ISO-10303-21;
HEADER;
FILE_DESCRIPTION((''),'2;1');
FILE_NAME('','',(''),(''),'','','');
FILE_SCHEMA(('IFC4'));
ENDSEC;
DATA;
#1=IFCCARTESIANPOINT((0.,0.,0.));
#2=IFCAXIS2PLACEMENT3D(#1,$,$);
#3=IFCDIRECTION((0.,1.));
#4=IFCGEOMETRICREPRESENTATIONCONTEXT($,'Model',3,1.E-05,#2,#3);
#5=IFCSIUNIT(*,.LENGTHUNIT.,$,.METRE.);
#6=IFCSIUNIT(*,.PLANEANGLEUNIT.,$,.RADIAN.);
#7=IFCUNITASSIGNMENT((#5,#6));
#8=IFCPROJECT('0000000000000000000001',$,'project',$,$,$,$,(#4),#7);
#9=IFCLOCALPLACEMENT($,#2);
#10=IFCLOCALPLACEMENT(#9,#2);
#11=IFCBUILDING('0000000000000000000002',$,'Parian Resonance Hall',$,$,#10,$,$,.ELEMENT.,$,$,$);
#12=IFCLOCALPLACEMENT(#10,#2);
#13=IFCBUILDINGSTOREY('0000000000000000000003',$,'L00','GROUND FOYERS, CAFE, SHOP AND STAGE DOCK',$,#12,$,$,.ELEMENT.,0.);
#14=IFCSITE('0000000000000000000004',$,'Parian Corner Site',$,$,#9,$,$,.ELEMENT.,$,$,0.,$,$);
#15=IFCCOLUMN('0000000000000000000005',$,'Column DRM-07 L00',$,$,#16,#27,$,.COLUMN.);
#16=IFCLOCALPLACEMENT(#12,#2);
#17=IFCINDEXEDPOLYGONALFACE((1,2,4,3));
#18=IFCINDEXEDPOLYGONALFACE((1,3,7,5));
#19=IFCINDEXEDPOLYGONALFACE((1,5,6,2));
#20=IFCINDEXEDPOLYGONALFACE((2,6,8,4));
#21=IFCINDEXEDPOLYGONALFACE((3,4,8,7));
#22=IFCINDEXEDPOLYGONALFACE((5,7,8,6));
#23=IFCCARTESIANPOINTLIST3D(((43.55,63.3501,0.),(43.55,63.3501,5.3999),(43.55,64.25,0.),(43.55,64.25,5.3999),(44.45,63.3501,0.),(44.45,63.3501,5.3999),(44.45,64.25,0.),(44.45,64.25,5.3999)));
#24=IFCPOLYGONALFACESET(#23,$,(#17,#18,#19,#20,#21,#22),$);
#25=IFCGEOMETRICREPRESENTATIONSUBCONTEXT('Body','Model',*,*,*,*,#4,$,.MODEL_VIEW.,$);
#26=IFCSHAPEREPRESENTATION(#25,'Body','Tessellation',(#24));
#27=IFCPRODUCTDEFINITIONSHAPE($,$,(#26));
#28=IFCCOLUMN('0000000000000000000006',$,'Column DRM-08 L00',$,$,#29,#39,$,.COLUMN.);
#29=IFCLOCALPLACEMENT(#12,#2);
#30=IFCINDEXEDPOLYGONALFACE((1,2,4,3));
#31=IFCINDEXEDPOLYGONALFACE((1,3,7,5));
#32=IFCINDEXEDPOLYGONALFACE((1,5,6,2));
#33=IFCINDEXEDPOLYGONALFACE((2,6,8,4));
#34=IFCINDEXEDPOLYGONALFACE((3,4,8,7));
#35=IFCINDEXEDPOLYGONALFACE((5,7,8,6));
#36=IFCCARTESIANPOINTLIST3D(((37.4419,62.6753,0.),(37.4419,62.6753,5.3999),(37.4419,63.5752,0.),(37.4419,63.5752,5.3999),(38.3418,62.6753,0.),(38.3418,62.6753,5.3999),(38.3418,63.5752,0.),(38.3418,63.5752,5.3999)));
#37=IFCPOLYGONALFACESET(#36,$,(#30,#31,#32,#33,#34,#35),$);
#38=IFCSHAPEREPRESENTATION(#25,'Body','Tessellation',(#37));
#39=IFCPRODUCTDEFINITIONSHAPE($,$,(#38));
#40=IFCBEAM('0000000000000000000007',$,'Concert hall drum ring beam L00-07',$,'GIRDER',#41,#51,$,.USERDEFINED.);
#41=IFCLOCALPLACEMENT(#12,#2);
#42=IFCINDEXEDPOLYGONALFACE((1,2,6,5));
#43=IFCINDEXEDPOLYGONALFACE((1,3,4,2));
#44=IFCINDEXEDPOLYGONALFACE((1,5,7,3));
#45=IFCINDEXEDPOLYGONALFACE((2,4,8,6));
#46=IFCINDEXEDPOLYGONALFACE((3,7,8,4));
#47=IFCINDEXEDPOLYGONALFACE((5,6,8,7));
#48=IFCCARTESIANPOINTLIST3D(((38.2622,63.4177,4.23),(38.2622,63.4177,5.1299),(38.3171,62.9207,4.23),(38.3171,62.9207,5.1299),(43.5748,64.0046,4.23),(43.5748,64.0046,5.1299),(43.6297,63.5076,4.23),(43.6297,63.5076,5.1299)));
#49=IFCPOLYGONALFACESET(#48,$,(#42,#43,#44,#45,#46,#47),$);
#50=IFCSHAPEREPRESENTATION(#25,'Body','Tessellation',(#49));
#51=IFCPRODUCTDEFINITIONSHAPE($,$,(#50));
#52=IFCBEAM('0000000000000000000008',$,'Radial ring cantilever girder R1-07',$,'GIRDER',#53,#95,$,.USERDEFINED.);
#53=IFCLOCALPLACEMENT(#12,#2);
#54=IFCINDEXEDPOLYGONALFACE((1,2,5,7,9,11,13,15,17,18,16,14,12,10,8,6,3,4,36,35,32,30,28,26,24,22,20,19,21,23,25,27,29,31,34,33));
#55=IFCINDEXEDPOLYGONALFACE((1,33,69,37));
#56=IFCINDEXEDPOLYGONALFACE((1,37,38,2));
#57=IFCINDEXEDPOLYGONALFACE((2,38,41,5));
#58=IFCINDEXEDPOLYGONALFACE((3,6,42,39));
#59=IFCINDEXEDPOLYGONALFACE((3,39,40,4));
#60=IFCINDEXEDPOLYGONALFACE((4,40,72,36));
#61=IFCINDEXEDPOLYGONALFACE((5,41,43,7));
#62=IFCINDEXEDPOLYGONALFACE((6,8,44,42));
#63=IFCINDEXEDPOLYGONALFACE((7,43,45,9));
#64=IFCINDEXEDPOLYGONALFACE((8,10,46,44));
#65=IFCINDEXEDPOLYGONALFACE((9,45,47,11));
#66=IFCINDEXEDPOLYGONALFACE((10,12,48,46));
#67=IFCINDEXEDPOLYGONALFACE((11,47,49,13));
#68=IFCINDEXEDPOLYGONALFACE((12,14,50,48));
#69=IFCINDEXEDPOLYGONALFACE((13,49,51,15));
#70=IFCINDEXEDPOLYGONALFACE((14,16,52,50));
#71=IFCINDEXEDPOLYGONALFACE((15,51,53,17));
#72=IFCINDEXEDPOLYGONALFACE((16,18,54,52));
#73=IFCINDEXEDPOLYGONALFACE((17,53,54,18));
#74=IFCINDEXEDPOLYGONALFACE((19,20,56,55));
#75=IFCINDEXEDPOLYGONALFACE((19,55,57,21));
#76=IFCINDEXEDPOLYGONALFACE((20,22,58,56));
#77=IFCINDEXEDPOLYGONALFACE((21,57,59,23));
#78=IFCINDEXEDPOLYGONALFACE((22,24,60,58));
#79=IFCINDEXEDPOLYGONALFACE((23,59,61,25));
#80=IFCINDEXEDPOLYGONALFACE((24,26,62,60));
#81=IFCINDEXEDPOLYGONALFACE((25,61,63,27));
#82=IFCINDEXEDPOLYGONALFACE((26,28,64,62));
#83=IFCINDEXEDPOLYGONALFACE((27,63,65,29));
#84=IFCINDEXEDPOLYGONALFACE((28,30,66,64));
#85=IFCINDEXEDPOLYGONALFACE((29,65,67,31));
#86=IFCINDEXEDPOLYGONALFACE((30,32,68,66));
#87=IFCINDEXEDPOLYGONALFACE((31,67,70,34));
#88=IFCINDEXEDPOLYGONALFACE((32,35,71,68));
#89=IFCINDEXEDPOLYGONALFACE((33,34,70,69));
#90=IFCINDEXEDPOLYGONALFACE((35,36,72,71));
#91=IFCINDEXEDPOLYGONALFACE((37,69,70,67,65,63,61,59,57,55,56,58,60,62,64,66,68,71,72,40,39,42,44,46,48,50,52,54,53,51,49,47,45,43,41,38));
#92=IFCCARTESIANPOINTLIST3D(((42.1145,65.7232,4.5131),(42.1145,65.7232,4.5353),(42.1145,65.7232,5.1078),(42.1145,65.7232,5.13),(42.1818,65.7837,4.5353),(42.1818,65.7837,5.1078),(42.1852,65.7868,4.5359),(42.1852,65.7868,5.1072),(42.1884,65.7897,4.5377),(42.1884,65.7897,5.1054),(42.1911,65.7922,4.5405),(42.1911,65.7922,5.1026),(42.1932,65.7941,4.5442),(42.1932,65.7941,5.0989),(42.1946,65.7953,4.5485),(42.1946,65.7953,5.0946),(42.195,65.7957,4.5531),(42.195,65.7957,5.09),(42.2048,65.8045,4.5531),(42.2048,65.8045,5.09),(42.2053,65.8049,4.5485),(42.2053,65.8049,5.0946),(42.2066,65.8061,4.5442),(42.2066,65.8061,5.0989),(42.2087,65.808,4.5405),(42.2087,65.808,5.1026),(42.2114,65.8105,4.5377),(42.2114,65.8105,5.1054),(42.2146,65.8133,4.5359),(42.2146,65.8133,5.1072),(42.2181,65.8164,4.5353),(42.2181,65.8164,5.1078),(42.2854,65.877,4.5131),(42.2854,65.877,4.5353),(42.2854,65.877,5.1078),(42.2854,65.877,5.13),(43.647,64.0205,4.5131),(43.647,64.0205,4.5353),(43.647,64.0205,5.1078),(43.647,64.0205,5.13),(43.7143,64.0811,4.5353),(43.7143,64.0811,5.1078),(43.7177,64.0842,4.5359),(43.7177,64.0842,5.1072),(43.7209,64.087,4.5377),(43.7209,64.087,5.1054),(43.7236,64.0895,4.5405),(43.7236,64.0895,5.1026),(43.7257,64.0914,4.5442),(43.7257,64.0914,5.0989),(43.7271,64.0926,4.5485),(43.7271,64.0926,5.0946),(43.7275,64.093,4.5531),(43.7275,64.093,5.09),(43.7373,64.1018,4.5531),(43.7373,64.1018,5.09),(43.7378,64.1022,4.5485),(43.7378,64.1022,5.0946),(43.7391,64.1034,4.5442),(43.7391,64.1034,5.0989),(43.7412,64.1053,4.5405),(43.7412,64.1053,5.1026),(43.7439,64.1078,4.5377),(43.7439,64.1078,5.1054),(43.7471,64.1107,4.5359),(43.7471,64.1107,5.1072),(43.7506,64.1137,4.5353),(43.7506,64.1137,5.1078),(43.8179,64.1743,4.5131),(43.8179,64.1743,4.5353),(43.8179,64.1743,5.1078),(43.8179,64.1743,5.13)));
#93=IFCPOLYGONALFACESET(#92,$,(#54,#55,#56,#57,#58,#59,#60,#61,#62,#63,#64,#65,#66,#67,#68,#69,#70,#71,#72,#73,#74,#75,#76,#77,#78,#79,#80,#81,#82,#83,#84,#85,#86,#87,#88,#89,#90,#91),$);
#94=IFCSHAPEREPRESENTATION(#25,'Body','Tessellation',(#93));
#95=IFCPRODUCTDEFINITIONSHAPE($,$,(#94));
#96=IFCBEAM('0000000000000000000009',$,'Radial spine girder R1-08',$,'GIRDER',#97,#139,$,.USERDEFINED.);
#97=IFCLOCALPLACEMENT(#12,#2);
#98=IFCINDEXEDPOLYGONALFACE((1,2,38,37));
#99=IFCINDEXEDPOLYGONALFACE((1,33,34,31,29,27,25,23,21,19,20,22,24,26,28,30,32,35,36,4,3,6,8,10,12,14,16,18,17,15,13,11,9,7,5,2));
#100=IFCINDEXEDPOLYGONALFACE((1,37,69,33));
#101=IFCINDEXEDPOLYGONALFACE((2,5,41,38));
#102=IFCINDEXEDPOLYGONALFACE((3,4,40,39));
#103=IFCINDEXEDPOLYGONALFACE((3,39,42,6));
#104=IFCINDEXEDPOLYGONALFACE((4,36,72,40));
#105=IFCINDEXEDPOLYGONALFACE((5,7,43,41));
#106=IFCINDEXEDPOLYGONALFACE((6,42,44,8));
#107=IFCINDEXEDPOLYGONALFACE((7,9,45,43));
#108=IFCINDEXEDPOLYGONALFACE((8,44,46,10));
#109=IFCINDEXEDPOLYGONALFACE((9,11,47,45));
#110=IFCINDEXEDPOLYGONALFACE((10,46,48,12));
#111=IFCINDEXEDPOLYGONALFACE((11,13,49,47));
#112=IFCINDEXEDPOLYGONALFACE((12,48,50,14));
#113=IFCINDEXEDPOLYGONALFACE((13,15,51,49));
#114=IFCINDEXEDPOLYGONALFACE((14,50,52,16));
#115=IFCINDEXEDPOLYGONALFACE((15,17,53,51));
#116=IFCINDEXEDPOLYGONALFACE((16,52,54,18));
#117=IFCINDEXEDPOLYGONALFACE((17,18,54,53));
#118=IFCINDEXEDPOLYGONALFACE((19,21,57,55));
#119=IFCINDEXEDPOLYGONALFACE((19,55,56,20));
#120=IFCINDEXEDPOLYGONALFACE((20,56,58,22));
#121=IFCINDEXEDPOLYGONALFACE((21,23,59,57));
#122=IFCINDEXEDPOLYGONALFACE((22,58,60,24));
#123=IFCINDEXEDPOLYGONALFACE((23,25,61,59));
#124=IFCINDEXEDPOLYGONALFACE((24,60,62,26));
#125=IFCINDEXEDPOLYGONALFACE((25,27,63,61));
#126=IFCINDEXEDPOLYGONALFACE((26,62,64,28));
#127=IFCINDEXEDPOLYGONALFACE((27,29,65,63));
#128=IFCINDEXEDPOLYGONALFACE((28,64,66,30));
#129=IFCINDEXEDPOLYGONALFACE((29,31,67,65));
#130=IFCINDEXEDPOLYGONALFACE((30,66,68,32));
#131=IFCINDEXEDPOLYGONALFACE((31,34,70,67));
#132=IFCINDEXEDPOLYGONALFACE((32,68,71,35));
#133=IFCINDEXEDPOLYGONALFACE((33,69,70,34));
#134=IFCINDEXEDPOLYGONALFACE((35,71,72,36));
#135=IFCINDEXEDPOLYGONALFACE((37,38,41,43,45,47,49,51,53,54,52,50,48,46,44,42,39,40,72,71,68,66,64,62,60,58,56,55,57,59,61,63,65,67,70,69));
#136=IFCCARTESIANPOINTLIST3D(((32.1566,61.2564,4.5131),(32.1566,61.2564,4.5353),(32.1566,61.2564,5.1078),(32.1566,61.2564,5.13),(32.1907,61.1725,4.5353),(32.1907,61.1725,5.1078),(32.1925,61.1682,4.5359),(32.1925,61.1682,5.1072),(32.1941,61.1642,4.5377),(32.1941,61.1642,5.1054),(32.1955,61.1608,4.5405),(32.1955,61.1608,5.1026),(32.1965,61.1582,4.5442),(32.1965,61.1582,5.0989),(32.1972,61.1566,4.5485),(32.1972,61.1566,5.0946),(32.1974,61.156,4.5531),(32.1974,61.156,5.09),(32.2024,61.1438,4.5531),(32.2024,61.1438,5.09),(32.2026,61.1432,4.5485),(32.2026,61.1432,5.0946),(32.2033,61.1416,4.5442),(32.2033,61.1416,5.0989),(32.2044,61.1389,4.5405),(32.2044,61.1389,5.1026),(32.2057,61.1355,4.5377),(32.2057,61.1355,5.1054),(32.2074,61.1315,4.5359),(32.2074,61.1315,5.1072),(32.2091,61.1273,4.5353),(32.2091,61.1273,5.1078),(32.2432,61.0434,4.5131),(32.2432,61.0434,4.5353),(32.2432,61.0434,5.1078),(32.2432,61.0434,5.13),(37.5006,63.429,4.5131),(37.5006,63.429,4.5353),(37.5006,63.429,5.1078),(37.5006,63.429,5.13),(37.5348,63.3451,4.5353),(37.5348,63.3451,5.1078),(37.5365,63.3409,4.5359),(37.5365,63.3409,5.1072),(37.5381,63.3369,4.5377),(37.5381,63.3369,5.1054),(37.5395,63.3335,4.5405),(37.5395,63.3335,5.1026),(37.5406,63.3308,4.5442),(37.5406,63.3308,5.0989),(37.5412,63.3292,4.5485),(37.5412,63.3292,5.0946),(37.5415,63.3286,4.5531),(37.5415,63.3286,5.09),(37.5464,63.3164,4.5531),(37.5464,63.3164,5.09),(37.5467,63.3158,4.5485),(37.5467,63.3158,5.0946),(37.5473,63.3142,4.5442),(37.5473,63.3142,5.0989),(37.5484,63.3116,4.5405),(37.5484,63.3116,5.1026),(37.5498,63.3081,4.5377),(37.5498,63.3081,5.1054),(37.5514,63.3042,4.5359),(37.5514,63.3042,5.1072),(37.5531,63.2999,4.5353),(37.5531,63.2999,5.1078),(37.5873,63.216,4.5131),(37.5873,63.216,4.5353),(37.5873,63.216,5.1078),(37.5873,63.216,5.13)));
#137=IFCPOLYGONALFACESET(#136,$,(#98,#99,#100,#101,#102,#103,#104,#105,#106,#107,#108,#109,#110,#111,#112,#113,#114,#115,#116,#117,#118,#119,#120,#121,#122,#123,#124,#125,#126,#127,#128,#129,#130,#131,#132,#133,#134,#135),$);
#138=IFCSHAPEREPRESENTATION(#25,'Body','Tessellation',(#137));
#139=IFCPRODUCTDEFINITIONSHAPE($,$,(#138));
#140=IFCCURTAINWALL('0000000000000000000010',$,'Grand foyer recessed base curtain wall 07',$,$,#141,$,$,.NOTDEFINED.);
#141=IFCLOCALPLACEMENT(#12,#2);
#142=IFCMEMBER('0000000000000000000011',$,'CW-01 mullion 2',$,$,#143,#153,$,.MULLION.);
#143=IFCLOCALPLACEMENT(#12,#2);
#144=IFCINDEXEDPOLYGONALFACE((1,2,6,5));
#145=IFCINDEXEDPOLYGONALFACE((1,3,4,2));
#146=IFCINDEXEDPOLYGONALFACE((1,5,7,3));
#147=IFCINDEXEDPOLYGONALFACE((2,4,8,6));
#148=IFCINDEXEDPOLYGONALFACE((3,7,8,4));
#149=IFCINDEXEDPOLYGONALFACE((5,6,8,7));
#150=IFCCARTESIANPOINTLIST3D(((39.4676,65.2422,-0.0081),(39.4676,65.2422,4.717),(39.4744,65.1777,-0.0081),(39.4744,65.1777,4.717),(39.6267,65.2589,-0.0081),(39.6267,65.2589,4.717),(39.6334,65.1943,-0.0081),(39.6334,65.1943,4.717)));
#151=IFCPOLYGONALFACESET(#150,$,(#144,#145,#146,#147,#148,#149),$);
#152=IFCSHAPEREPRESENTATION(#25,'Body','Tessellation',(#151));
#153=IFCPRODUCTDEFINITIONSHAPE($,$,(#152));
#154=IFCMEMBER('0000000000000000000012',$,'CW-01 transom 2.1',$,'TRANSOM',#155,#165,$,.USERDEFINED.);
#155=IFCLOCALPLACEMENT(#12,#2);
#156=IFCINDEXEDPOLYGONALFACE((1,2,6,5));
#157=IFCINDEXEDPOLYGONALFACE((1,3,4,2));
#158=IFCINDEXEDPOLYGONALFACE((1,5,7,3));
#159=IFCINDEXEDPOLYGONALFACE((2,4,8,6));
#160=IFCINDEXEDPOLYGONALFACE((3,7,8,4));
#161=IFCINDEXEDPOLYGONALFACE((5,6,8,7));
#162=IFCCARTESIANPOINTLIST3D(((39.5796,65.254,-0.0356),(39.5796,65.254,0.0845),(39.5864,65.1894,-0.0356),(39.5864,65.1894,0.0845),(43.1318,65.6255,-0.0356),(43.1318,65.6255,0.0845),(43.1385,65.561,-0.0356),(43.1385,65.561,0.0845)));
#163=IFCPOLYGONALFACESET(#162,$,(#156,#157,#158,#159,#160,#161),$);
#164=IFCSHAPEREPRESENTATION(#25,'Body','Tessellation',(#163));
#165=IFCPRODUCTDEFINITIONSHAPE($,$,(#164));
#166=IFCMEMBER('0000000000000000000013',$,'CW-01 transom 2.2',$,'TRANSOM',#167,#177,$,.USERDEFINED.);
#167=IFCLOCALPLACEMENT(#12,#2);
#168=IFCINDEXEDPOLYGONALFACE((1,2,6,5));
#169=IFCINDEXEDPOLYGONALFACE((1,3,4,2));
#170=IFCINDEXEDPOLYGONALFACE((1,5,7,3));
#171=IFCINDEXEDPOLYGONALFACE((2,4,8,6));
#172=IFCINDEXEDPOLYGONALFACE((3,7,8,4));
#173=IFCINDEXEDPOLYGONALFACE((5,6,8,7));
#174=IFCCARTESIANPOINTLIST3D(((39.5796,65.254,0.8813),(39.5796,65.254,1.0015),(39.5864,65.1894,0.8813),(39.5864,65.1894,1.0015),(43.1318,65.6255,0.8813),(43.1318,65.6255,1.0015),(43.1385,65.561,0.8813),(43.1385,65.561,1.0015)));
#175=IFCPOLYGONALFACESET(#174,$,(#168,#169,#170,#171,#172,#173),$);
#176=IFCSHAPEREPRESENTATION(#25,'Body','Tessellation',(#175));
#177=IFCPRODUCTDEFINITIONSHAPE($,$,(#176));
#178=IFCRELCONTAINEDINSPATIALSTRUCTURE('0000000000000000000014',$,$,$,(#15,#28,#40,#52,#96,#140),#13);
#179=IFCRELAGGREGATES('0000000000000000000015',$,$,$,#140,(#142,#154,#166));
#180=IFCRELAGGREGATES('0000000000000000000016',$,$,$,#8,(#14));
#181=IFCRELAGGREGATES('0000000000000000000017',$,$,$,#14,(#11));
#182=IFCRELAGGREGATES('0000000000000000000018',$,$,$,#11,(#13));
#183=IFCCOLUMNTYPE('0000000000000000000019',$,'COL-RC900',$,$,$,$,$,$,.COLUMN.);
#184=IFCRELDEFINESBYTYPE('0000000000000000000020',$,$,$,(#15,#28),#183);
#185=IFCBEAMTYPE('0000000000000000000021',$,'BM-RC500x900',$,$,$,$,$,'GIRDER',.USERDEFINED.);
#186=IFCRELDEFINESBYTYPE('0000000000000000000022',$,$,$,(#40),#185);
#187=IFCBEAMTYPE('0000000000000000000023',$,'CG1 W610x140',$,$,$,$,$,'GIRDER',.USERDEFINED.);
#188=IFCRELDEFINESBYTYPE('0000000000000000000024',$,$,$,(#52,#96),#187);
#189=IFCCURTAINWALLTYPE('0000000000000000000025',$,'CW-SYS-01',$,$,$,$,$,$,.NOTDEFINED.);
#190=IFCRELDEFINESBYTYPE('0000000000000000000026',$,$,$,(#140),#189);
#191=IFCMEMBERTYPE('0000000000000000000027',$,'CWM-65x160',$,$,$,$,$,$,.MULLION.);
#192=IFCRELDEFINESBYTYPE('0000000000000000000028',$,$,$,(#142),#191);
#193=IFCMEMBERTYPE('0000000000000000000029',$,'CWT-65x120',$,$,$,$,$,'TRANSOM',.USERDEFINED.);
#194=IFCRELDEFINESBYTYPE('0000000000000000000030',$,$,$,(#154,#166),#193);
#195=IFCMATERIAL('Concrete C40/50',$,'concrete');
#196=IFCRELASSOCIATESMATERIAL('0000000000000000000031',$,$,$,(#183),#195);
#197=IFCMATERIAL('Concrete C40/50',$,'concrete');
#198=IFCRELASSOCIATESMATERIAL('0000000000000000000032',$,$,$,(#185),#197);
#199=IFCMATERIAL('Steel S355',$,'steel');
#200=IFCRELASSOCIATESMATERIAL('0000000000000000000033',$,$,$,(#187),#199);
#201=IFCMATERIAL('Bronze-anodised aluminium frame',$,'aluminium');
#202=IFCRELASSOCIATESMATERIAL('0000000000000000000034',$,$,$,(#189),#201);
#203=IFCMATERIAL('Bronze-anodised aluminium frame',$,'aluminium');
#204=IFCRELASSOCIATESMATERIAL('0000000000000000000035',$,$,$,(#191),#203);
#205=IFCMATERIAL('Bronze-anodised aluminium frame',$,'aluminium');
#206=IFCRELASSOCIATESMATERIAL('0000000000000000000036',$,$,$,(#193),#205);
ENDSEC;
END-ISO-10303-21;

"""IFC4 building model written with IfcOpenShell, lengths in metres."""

from ifc_helpers import new_model, si_unit, direction, frame, origin, origin_2d, place, context, subcontext, project, spatial, rectangle, i_section, extrude, material, material_profile, profile_set, type_object, element, aggregate, save


model = new_model("IFC4")

# Units and contexts
model_context = context("Model", 3, precision=1e-05, world=origin(), true_north=direction((0.0, 1.0)))
body_context = subcontext(model_context, "Body", "Model", "MODEL_VIEW")
ifc_project = project(units=[si_unit("LENGTHUNIT", "METRE"), si_unit("PLANEANGLEUNIT", "RADIAN")], contexts=[model_context])

# Site, building, storey
site_placement = place(None, origin())
site = spatial("IfcSite", under=ifc_project, at=site_placement, Name="Parian Corner Site", CompositionType="ELEMENT", RefElevation=0.0)
building_placement = place(site_placement, origin())
building = spatial("IfcBuilding", under=site, at=building_placement, Name="Parian Resonance Hall", CompositionType="ELEMENT")
storey_placement = place(building_placement, origin())
storey = spatial("IfcBuildingStorey", under=building, at=storey_placement, Name="L00", Description="GROUND FOYERS, CAFE, SHOP AND STAGE DOCK", CompositionType="ELEMENT", Elevation=0.0)

# Columns
ifc_material_1 = material(Name="Concrete C40/50", Category="concrete")
ifc_material_profile_1 = material_profile(ifc_material_1, rectangle(XDim=0.8999, YDim=0.8999, at=origin_2d()), Name="RC-COL-900x900")
ifc_profile_set_1 = profile_set([ifc_material_profile_1], Name="Concrete C40/50")
column_type = type_object("IfcColumnType", Name="COL-RC900", PredefinedType="COLUMN", material=ifc_profile_set_1)
for number, where, z_axis, x_axis, name in (
    (1, (44.0, 63.8, 0.0), (0.0, 0.0, 1.0), (1.0, 0.0, 0.0), "Column DRM-07 L00"),
    (2, (37.8918, 63.1252, 0.0), (0.0, 0.0, 1.0), (1.0, 0.0, 0.0), "Column DRM-08 L00"),
):
    element("IfcColumn", number, at=place(storey_placement, frame(where, z_axis=z_axis, x_axis=x_axis)), inside=storey, type_object=column_type, Name=name, PredefinedType="COLUMN", context=body_context, shape_type="SweptSolid", body=[
        extrude(rectangle(XDim=0.8999, YDim=0.8999, at=origin_2d()), origin(), (0.0, 0.0, 1.0), 5.3999),
    ])

# Beams
ifc_material_2 = material(Name="Concrete C40/50", Category="concrete")
ifc_material_profile_2 = material_profile(ifc_material_2, rectangle(XDim=0.5, YDim=0.8999, at=origin_2d()), Name="RC-BM-500x900")
ifc_profile_set_2 = profile_set([ifc_material_profile_2], Name="Concrete C40/50")
beam_type_1 = type_object("IfcBeamType", Name="BM-RC500x900", ElementType="GIRDER", PredefinedType="USERDEFINED", material=ifc_profile_set_2)
beam_1_placement = place(storey_placement, frame((43.6023, 63.7561, 4.6799), z_axis=(-0.993953, -0.109805, 0.0), x_axis=(0.109805, -0.993953, 0.0)))
element("IfcBeam", 3, at=beam_1_placement, inside=storey, type_object=beam_type_1, Name="Concert hall drum ring beam L00-07", ObjectType="GIRDER", PredefinedType="USERDEFINED", context=body_context, shape_type="SweptSolid", body=[
    extrude(rectangle(XDim=0.5, YDim=0.8999, at=origin_2d()), origin(), (0.0, 0.0, 1.0), 5.345),
])
ifc_material_3 = material(Name="Steel S355", Category="steel")
ifc_material_profile_3 = material_profile(ifc_material_3, i_section(OverallWidth=0.23, OverallDepth=0.6169, WebThickness=0.0132, FlangeThickness=0.0222, FilletRadius=0.0178, at=origin_2d()), Name="W610x140")
ifc_profile_set_3 = profile_set([ifc_material_profile_3], Name="Steel S355")
beam_type_2 = type_object("IfcBeamType", Name="CG1 W610x140", ElementType="GIRDER", PredefinedType="USERDEFINED", material=ifc_profile_set_3)
beam_2_placement = place(storey_placement, frame((43.7324, 64.0974, 4.8215), z_axis=(-0.668988, 0.743273, 0.0), x_axis=(-0.743273, -0.668988, 0.0)))
element("IfcBeam", 4, at=beam_2_placement, inside=storey, type_object=beam_type_2, Name="Radial ring cantilever girder R1-07", ObjectType="GIRDER", PredefinedType="USERDEFINED", context=body_context, shape_type="SweptSolid", body=[
    extrude(i_section(OverallWidth=0.23, OverallDepth=0.6169, WebThickness=0.0132, FlangeThickness=0.0222, FilletRadius=0.0178, at=origin_2d()), origin(), (0.0, 0.0, 1.0), 2.2908),
])
beam_3_placement = place(storey_placement, frame((37.5439, 63.3225, 4.8215), z_axis=(-0.926369, -0.376617, 0.0), x_axis=(0.376617, -0.926369, 0.0)))
element("IfcBeam", 5, at=beam_3_placement, inside=storey, type_object=beam_type_2, Name="Radial spine girder R1-08", ObjectType="GIRDER", PredefinedType="USERDEFINED", context=body_context, shape_type="SweptSolid", body=[
    extrude(i_section(OverallWidth=0.23, OverallDepth=0.6169, WebThickness=0.0132, FlangeThickness=0.0222, FilletRadius=0.0178, at=origin_2d()), origin(), (0.0, 0.0, 1.0), 5.7688),
])

# Curtain wall, members
ifc_material_4 = material(Name="Bronze-anodised aluminium frame", Category="aluminium")
curtain_wall_type_1 = type_object("IfcCurtainWallType", Name="CW-SYS-01", PredefinedType="NOTDEFINED", material=ifc_material_4)
curtain_wall_1_placement = place(storey_placement, origin())
curtain_wall_1 = element("IfcCurtainWall", 6, at=curtain_wall_1_placement, inside=storey, type_object=curtain_wall_type_1, Name="Grand foyer recessed base curtain wall 07", PredefinedType="NOTDEFINED")
ifc_material_5 = material(Name="Bronze-anodised aluminium frame", Category="aluminium")
ifc_material_profile_4 = material_profile(ifc_material_5, rectangle(XDim=0.0649, YDim=0.1599, at=origin_2d()), Name="CWM-65x160")
ifc_profile_set_4 = profile_set([ifc_material_profile_4], Name="Bronze-anodised aluminium frame")
member_type_1 = type_object("IfcMemberType", Name="CWM-65x160", PredefinedType="MULLION", material=ifc_profile_set_4)
member_1_placement = place(storey_placement, frame((39.5505, 65.2183, -0.0081), z_axis=(0.0, 0.0, 1.0), x_axis=(-0.104013, 0.994576, 0.0)))
member_1 = element("IfcMember", 7, at=member_1_placement, type_object=member_type_1, Name="CW-01 mullion 2", PredefinedType="MULLION", context=body_context, shape_type="SweptSolid", body=[
    extrude(rectangle(XDim=0.0649, YDim=0.1599, at=origin_2d()), origin(), (0.0, 0.0, 1.0), 4.7251),
])
ifc_material_6 = material(Name="Bronze-anodised aluminium frame", Category="aluminium")
ifc_material_profile_5 = material_profile(ifc_material_6, rectangle(XDim=0.0649, YDim=0.1201, at=origin_2d()), Name="CWT-65x120")
ifc_profile_set_5 = profile_set([ifc_material_profile_5], Name="Bronze-anodised aluminium frame")
member_type_2 = type_object("IfcMemberType", Name="CWT-65x120", ElementType="TRANSOM", PredefinedType="USERDEFINED", material=ifc_profile_set_5)
member_2_placement = place(storey_placement, frame((39.583, 65.2217, 0.0244), z_axis=(0.994573, 0.104037, 0.0), x_axis=(-0.104037, 0.994573, 0.0)))
member_2 = element("IfcMember", 8, at=member_2_placement, type_object=member_type_2, Name="CW-01 transom 2.1", ObjectType="TRANSOM", PredefinedType="USERDEFINED", context=body_context, shape_type="SweptSolid", body=[
    extrude(rectangle(XDim=0.0649, YDim=0.1201, at=origin_2d()), origin(), (0.0, 0.0, 1.0), 3.5715),
])
member_3_placement = place(storey_placement, frame((39.583, 65.2217, 0.9414), z_axis=(0.994573, 0.104037, 0.0), x_axis=(-0.104037, 0.994573, 0.0)))
member_3 = element("IfcMember", 9, at=member_3_placement, type_object=member_type_2, Name="CW-01 transom 2.2", ObjectType="TRANSOM", PredefinedType="USERDEFINED", context=body_context, shape_type="SweptSolid", body=[
    extrude(rectangle(XDim=0.0649, YDim=0.1201, at=origin_2d()), origin(), (0.0, 0.0, 1.0), 3.5715),
])

aggregate(curtain_wall_1, [member_1, member_2, member_3])

save(model, "model.ifc")
